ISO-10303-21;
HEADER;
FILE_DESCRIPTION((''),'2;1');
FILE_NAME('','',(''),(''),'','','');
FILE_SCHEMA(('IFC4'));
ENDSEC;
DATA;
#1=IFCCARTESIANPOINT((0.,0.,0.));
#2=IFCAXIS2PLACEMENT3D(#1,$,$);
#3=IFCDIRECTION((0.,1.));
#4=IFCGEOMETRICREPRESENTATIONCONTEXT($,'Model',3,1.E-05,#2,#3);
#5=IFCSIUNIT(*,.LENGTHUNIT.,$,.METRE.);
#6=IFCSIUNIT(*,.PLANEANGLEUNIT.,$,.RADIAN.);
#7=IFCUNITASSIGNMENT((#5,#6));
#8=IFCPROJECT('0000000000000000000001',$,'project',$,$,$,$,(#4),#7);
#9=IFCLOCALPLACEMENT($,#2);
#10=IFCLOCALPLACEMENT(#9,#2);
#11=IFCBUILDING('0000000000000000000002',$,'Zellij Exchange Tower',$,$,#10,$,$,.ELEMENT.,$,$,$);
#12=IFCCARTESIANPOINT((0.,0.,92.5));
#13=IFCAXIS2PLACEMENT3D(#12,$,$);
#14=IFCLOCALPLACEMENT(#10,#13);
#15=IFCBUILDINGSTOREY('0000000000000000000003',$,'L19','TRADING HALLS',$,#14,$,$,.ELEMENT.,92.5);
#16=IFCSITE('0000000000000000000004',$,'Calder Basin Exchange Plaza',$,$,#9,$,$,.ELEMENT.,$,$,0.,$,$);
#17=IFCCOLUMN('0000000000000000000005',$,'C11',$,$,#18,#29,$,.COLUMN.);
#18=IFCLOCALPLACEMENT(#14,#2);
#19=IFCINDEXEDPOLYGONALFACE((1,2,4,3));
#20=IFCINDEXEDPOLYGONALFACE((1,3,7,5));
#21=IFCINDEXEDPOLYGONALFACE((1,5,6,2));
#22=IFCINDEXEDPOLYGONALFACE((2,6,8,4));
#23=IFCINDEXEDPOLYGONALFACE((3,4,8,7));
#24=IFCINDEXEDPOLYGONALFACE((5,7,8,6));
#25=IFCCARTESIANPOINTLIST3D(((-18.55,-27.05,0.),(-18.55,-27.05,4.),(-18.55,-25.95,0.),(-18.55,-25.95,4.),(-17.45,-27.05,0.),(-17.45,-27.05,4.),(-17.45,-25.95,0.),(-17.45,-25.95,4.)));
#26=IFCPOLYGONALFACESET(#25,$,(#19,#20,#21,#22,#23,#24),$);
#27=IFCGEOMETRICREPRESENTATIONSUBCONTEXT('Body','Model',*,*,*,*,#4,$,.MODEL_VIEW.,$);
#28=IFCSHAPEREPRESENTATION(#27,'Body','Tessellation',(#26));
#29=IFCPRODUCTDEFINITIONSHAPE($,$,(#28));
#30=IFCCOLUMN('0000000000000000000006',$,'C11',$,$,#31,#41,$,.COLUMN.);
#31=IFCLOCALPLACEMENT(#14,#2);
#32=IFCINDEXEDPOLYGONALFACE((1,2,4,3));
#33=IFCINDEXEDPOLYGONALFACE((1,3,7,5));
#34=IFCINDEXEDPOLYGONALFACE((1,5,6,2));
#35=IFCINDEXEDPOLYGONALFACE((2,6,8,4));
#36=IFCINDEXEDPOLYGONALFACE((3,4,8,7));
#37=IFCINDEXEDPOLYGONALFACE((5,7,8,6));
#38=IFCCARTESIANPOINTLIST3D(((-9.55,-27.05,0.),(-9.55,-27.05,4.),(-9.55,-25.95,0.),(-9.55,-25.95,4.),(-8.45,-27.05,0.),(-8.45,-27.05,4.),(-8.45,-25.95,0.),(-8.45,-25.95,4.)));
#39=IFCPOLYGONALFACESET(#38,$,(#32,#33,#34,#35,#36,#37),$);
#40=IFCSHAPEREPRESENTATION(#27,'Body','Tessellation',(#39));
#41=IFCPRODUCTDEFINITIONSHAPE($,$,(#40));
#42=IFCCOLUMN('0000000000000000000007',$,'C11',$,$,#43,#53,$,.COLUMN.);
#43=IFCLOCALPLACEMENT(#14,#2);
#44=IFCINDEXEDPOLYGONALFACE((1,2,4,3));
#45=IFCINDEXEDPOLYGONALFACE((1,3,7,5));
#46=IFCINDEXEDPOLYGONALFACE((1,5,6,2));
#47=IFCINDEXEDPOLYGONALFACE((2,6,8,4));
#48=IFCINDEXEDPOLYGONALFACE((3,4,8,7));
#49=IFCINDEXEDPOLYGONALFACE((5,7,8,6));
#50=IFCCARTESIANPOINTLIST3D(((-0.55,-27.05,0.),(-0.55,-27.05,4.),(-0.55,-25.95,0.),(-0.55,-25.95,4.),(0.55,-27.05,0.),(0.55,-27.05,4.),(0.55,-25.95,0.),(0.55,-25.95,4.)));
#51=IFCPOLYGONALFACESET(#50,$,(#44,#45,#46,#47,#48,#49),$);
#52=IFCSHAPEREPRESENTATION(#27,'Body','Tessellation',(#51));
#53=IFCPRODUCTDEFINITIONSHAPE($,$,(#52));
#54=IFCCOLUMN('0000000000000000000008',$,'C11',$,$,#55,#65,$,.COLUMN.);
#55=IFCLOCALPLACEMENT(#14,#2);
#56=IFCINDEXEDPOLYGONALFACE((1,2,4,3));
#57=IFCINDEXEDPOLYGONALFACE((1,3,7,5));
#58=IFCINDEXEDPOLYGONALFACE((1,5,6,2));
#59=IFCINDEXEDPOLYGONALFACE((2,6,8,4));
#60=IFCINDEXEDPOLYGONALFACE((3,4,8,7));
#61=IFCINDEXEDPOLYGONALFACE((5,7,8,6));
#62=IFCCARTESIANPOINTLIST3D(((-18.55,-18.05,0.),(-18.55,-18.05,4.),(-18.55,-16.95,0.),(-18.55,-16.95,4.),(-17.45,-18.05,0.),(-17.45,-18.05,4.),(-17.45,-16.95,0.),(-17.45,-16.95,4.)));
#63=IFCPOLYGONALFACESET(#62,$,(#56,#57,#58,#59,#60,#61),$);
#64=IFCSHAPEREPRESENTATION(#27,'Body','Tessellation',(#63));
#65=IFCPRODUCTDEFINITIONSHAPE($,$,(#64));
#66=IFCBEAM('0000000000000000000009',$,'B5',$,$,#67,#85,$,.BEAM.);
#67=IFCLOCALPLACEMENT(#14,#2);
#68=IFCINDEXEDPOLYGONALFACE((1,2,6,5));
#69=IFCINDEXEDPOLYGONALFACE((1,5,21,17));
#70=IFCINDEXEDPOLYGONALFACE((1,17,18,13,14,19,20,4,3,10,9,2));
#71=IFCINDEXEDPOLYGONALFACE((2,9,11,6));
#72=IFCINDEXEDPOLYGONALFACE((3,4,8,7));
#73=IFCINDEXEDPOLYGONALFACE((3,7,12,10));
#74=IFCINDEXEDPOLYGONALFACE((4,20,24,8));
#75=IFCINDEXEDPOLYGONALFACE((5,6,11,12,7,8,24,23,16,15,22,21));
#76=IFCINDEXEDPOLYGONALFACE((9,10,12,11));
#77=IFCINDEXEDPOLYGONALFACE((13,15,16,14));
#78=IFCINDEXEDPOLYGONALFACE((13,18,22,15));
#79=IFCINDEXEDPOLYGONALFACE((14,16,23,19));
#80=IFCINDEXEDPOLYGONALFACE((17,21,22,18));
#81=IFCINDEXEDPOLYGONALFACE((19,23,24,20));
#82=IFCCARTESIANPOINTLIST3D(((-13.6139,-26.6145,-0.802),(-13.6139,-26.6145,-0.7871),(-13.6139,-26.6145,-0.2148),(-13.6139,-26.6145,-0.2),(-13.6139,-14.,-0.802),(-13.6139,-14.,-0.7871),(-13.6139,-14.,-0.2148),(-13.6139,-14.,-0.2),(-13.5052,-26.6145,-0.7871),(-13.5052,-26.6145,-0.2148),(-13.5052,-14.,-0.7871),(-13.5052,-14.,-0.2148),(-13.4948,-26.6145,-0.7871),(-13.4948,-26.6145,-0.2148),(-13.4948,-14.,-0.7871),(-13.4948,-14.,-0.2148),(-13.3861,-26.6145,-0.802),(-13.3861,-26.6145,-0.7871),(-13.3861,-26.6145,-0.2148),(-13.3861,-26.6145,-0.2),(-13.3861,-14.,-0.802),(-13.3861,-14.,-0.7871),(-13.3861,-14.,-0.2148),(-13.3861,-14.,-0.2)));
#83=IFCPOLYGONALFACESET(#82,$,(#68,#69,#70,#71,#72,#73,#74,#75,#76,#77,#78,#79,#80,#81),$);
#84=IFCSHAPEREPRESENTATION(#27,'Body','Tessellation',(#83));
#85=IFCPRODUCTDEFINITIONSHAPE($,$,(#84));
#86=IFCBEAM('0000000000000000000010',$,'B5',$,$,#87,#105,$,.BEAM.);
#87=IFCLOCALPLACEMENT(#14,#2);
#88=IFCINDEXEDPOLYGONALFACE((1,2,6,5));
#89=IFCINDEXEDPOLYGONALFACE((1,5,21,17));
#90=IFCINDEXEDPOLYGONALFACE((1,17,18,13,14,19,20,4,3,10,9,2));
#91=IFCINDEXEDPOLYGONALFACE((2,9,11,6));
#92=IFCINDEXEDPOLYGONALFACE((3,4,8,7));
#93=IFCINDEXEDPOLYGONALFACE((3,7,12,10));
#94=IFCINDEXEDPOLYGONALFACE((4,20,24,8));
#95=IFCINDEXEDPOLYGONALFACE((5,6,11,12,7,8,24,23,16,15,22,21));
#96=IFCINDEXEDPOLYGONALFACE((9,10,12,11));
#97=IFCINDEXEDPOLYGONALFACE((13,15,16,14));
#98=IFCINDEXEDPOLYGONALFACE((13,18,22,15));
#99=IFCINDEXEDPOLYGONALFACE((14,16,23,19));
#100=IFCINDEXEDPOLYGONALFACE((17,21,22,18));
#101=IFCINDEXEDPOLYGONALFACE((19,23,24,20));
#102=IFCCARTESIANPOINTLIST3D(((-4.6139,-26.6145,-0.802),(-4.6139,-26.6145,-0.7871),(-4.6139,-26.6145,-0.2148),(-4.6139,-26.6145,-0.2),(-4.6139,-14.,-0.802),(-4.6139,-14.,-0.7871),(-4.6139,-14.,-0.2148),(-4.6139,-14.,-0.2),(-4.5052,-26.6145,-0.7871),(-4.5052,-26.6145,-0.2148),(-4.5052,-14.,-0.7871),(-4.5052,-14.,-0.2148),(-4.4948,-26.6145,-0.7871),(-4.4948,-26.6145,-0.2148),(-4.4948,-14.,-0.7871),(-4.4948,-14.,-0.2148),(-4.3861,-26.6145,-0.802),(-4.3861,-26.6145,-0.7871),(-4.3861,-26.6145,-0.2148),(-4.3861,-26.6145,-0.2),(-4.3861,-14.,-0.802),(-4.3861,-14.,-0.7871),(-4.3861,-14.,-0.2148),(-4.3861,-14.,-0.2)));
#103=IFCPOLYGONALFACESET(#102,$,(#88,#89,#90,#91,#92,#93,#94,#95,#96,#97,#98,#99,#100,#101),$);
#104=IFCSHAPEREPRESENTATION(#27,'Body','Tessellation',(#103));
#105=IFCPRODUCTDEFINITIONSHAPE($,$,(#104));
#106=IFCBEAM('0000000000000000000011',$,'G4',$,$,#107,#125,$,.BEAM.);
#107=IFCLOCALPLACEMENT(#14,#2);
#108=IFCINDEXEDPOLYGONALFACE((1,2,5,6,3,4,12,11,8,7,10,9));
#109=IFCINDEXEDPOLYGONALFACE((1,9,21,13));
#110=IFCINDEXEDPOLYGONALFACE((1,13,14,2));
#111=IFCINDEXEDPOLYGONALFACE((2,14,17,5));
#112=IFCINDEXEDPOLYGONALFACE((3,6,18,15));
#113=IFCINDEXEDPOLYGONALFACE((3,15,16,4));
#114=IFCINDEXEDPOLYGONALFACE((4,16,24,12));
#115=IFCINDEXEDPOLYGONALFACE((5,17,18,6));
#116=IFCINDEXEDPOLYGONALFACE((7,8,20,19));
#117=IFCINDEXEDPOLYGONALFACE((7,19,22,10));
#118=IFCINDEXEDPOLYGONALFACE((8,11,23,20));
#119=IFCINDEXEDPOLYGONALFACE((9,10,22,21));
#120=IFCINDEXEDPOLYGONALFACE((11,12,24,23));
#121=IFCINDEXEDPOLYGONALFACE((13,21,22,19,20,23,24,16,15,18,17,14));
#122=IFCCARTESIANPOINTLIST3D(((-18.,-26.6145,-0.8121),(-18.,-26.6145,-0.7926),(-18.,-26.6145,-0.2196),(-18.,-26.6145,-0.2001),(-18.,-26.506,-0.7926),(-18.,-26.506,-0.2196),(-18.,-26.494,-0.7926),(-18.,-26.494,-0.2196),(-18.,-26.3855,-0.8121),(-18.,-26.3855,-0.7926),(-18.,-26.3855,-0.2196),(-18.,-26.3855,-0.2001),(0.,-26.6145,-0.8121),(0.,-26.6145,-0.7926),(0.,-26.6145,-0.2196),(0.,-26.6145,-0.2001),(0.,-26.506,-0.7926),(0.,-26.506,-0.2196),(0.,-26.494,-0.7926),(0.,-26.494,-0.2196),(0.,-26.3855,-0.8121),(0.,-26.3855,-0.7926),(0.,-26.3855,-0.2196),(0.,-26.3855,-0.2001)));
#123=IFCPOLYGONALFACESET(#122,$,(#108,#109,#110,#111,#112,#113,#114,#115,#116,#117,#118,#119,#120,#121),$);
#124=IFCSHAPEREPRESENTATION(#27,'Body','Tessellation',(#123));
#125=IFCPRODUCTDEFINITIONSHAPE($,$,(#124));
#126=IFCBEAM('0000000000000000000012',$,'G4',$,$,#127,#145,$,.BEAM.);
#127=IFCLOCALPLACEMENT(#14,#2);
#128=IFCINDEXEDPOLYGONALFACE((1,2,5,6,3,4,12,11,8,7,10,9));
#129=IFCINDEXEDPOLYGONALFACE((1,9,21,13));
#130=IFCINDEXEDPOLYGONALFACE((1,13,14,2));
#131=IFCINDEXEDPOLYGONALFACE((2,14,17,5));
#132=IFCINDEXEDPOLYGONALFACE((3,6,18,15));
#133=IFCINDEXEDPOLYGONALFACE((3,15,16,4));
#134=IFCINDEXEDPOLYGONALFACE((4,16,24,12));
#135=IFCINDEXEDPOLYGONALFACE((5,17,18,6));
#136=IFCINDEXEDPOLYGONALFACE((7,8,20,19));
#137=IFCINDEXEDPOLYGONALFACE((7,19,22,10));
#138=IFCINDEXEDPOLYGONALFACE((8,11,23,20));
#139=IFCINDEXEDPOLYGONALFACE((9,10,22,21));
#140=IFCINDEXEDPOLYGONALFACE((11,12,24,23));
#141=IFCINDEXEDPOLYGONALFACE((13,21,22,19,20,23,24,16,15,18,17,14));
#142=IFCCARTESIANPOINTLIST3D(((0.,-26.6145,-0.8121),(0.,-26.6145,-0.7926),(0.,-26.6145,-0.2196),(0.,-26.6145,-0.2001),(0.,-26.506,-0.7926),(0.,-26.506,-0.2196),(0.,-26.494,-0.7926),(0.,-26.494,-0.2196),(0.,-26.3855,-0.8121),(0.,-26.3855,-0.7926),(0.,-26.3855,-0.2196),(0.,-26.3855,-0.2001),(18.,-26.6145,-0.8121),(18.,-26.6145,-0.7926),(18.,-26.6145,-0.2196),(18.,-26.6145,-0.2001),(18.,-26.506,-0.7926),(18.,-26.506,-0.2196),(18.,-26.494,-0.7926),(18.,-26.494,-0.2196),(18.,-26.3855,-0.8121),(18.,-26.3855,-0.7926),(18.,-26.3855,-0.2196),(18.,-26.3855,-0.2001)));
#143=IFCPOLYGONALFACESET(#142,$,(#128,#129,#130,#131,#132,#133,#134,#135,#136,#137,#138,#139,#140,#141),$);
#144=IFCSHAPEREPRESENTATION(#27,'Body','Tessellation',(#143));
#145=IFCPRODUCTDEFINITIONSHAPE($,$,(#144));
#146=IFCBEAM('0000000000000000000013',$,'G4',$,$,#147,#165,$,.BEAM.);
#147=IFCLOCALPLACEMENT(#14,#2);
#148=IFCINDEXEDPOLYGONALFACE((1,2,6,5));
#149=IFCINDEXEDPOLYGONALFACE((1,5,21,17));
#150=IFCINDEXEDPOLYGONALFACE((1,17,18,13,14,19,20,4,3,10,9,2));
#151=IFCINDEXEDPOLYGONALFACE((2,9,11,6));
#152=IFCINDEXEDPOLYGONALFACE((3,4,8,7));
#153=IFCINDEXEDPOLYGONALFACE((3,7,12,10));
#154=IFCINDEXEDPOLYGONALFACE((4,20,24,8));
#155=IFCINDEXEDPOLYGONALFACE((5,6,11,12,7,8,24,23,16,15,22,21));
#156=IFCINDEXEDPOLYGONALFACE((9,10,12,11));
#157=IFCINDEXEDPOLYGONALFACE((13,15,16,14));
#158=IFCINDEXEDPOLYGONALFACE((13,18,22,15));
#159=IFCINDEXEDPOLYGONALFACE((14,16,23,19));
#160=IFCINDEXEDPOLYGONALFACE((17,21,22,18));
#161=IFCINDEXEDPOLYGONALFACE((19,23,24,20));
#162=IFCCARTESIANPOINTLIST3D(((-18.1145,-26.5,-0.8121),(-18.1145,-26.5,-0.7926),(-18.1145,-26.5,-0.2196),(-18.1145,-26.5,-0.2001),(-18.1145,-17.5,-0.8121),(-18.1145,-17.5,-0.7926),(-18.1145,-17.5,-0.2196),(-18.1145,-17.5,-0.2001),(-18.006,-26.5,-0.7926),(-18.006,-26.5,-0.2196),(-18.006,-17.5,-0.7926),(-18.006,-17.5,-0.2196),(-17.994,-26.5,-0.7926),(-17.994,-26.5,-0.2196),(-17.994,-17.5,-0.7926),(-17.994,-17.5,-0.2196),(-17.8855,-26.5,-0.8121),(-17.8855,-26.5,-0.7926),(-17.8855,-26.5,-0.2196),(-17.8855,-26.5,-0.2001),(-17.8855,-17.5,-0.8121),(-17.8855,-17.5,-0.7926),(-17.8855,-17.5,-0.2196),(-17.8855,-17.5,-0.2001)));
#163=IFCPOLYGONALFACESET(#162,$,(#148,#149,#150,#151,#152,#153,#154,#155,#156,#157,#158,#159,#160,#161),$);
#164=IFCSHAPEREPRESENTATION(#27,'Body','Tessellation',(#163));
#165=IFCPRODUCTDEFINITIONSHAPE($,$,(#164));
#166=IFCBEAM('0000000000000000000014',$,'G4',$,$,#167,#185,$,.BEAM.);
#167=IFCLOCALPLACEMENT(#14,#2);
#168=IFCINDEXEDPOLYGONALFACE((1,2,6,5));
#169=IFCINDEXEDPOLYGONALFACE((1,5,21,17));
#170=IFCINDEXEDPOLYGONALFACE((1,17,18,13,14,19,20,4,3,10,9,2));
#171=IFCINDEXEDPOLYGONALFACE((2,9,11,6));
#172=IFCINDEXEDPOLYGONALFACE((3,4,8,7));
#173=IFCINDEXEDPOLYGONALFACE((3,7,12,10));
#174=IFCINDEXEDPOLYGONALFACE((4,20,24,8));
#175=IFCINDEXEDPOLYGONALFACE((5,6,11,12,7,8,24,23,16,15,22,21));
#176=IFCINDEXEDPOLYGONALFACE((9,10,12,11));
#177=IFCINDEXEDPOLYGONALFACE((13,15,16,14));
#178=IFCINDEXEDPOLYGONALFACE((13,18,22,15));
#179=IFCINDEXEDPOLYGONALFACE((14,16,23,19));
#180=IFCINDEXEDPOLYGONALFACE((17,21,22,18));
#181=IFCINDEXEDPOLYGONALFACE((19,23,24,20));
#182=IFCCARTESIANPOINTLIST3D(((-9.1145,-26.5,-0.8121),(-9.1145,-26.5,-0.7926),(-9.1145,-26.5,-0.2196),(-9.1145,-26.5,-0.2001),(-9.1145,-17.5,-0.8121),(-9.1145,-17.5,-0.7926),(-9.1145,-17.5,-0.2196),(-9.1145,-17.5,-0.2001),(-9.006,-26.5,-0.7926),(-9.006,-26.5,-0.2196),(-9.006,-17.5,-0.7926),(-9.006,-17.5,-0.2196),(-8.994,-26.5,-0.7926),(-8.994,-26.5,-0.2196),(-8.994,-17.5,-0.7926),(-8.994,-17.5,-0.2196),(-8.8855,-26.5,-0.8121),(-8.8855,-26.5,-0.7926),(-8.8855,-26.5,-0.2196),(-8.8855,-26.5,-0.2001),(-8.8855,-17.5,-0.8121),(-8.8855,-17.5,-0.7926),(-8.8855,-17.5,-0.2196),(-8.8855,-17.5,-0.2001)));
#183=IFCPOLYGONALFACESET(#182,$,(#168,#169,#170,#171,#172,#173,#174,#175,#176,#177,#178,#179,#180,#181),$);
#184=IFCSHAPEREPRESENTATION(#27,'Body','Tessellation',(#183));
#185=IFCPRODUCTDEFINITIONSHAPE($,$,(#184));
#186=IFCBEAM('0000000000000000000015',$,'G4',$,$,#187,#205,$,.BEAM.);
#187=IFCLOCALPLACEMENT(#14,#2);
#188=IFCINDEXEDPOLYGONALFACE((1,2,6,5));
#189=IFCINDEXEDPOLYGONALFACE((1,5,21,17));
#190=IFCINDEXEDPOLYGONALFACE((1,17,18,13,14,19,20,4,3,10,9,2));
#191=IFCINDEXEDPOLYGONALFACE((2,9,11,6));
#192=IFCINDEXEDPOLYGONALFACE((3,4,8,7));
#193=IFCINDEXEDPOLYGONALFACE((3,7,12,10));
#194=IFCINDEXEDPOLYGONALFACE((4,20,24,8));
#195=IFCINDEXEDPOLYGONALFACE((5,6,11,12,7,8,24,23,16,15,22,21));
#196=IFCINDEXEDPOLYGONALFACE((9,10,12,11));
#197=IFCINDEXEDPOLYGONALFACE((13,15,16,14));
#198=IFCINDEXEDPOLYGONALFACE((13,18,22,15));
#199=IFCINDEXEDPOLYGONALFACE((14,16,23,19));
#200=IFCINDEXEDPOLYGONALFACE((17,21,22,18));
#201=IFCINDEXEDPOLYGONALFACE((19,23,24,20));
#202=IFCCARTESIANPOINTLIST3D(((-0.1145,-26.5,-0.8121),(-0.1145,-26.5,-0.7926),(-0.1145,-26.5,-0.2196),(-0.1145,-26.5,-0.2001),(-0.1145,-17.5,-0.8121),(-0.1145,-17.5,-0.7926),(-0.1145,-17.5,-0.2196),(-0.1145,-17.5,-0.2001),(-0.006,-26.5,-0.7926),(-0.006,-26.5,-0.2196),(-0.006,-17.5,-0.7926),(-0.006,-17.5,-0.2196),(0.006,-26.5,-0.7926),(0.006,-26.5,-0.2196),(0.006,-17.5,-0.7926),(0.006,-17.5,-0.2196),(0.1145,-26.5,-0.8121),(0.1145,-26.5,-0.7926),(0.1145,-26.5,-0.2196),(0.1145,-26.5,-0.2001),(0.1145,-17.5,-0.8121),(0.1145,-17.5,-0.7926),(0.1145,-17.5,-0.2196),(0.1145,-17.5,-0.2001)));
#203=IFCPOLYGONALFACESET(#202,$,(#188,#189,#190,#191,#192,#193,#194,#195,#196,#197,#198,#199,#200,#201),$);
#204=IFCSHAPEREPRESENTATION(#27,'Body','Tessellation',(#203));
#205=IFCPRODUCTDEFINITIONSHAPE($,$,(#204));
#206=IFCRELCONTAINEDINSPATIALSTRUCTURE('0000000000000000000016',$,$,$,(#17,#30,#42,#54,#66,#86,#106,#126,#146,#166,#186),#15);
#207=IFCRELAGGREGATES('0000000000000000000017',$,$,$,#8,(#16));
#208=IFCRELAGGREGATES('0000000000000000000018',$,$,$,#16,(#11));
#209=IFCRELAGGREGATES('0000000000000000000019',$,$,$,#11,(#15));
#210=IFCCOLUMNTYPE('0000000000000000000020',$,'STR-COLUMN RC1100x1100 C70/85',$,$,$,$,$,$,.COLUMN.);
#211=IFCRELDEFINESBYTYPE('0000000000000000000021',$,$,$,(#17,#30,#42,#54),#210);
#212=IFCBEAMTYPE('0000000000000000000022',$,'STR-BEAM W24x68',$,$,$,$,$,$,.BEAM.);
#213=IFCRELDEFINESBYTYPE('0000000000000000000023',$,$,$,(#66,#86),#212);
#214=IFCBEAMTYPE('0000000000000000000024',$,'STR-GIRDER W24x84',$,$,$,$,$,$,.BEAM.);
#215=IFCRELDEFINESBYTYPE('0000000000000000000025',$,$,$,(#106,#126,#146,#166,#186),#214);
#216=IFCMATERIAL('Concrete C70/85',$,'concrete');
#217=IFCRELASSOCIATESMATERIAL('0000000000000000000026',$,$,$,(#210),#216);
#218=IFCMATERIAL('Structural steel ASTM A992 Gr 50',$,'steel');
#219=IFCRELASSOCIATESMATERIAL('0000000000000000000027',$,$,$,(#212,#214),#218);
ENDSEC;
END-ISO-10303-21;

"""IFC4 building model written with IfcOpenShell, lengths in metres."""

from ifc_helpers import new_model, si_unit, direction, frame, origin, origin_2d, place, context, subcontext, project, spatial, rectangle, i_section, extrude, material, material_profile, profile_set, type_object, element, save


model = new_model("IFC4")

# Units and contexts
model_context = context("Model", 3, precision=1e-05, world=origin(), true_north=direction((0.0, 1.0)))
body_context = subcontext(model_context, "Body", "Model", "MODEL_VIEW")
ifc_project = project(units=[si_unit("LENGTHUNIT", "METRE"), si_unit("PLANEANGLEUNIT", "RADIAN")], contexts=[model_context])

# Site, building, storey
site_placement = place(None, origin())
site = spatial("IfcSite", under=ifc_project, at=site_placement, Name="Calder Basin Exchange Plaza", CompositionType="ELEMENT", RefElevation=0.0)
building_placement = place(site_placement, origin())
building = spatial("IfcBuilding", under=site, at=building_placement, Name="Zellij Exchange Tower", CompositionType="ELEMENT")
storey_placement = place(building_placement, frame((0.0, 0.0, 92.5)))
storey = spatial("IfcBuildingStorey", under=building, at=storey_placement, Name="L19", Description="TRADING HALLS", CompositionType="ELEMENT", Elevation=92.5)

# Columns
ifc_material_1 = material(Name="Concrete C70/85", Category="concrete")
ifc_material_profile_1 = material_profile(ifc_material_1, rectangle(XDim=1.1001, YDim=1.1001, at=origin_2d()), Name="STR-COLUMN RC1100x1100 C70/85")
ifc_profile_set_1 = profile_set([ifc_material_profile_1], Name="Concrete C70/85")
column_type = type_object("IfcColumnType", Name="STR-COLUMN RC1100x1100 C70/85", PredefinedType="COLUMN", material=ifc_profile_set_1)
for number, where, z_axis, x_axis, name in (
    (1, (-18.0, -26.5, 0.0), (0.0, 0.0, 1.0), (1.0, 0.0, 0.0), "C11"),
    (2, (-9.0, -26.5, 0.0), (0.0, 0.0, 1.0), (1.0, 0.0, 0.0), "C11"),
    (3, (0.0, -26.5, 0.0), (0.0, 0.0, 1.0), (1.0, 0.0, 0.0), "C11"),
    (4, (-18.0, -17.5, 0.0), (0.0, 0.0, 1.0), (1.0, 0.0, 0.0), "C11"),
):
    element("IfcColumn", number, at=place(storey_placement, frame(where, z_axis=z_axis, x_axis=x_axis)), inside=storey, type_object=column_type, Name=name, PredefinedType="COLUMN", context=body_context, shape_type="SweptSolid", body=[
        extrude(rectangle(XDim=1.1001, YDim=1.1001, at=origin_2d()), origin(), (0.0, 0.0, 1.0), 4.0),
    ])

# Beams
ifc_material_2 = material(Name="Structural steel ASTM A992 Gr 50", Category="steel")
ifc_material_profile_2 = material_profile(ifc_material_2, i_section(OverallWidth=0.2278, OverallDepth=0.6021, WebThickness=0.0105, FlangeThickness=0.0149, at=origin_2d()), Name="W24x68")
ifc_profile_set_2 = profile_set([ifc_material_profile_2], Name="Structural steel ASTM A992 Gr 50")
beam_type_1 = type_object("IfcBeamType", Name="STR-BEAM W24x68", PredefinedType="BEAM", material=ifc_profile_set_2)
for number, where, z_axis, x_axis, name in (
    (5, (-13.5, -26.6145, -0.501), (0.0, 1.0, 0.0), (-1.0, 0.0, 0.0), "B5"),
    (6, (-4.5, -26.6145, -0.501), (0.0, 1.0, 0.0), (-1.0, 0.0, 0.0), "B5"),
):
    element("IfcBeam", number, at=place(storey_placement, frame(where, z_axis=z_axis, x_axis=x_axis)), inside=storey, type_object=beam_type_1, Name=name, PredefinedType="BEAM", context=body_context, shape_type="SweptSolid", body=[
        extrude(i_section(OverallWidth=0.2278, OverallDepth=0.6021, WebThickness=0.0105, FlangeThickness=0.0149, at=origin_2d()), origin(), (0.0, 0.0, 1.0), 12.6145),
    ])
ifc_material_profile_3 = material_profile(ifc_material_2, i_section(OverallWidth=0.229, OverallDepth=0.6121, WebThickness=0.012, FlangeThickness=0.0195, at=origin_2d()), Name="W24x84")
ifc_profile_set_3 = profile_set([ifc_material_profile_3], Name="Structural steel ASTM A992 Gr 50")
beam_type_2 = type_object("IfcBeamType", Name="STR-GIRDER W24x84", PredefinedType="BEAM", material=ifc_profile_set_3)
for number, where, z_axis, x_axis, name in (
    (7, (-18.0, -26.5, -0.5061), (1.0, 0.0, 0.0), (0.0, 1.0, 0.0), "G4"),
    (8, (0.0, -26.5, -0.5061), (1.0, 0.0, 0.0), (0.0, 1.0, 0.0), "G4"),
):
    element("IfcBeam", number, at=place(storey_placement, frame(where, z_axis=z_axis, x_axis=x_axis)), inside=storey, type_object=beam_type_2, Name=name, PredefinedType="BEAM", context=body_context, shape_type="SweptSolid", body=[
        extrude(i_section(OverallWidth=0.229, OverallDepth=0.6121, WebThickness=0.012, FlangeThickness=0.0195, at=origin_2d()), origin(), (0.0, 0.0, 1.0), 18.0),
    ])
for number, where, z_axis, x_axis, name in (
    (9, (-18.0, -26.5, -0.5061), (0.0, 1.0, 0.0), (-1.0, 0.0, 0.0), "G4"),
    (10, (-9.0, -26.5, -0.5061), (0.0, 1.0, 0.0), (-1.0, 0.0, 0.0), "G4"),
    (11, (0.0, -26.5, -0.5061), (0.0, 1.0, 0.0), (-1.0, 0.0, 0.0), "G4"),
):
    element("IfcBeam", number, at=place(storey_placement, frame(where, z_axis=z_axis, x_axis=x_axis)), inside=storey, type_object=beam_type_2, Name=name, PredefinedType="BEAM", context=body_context, shape_type="SweptSolid", body=[
        extrude(i_section(OverallWidth=0.229, OverallDepth=0.6121, WebThickness=0.012, FlangeThickness=0.0195, at=origin_2d()), origin(), (0.0, 0.0, 1.0), 9.0),
    ])

save(model, "model.ifc")
